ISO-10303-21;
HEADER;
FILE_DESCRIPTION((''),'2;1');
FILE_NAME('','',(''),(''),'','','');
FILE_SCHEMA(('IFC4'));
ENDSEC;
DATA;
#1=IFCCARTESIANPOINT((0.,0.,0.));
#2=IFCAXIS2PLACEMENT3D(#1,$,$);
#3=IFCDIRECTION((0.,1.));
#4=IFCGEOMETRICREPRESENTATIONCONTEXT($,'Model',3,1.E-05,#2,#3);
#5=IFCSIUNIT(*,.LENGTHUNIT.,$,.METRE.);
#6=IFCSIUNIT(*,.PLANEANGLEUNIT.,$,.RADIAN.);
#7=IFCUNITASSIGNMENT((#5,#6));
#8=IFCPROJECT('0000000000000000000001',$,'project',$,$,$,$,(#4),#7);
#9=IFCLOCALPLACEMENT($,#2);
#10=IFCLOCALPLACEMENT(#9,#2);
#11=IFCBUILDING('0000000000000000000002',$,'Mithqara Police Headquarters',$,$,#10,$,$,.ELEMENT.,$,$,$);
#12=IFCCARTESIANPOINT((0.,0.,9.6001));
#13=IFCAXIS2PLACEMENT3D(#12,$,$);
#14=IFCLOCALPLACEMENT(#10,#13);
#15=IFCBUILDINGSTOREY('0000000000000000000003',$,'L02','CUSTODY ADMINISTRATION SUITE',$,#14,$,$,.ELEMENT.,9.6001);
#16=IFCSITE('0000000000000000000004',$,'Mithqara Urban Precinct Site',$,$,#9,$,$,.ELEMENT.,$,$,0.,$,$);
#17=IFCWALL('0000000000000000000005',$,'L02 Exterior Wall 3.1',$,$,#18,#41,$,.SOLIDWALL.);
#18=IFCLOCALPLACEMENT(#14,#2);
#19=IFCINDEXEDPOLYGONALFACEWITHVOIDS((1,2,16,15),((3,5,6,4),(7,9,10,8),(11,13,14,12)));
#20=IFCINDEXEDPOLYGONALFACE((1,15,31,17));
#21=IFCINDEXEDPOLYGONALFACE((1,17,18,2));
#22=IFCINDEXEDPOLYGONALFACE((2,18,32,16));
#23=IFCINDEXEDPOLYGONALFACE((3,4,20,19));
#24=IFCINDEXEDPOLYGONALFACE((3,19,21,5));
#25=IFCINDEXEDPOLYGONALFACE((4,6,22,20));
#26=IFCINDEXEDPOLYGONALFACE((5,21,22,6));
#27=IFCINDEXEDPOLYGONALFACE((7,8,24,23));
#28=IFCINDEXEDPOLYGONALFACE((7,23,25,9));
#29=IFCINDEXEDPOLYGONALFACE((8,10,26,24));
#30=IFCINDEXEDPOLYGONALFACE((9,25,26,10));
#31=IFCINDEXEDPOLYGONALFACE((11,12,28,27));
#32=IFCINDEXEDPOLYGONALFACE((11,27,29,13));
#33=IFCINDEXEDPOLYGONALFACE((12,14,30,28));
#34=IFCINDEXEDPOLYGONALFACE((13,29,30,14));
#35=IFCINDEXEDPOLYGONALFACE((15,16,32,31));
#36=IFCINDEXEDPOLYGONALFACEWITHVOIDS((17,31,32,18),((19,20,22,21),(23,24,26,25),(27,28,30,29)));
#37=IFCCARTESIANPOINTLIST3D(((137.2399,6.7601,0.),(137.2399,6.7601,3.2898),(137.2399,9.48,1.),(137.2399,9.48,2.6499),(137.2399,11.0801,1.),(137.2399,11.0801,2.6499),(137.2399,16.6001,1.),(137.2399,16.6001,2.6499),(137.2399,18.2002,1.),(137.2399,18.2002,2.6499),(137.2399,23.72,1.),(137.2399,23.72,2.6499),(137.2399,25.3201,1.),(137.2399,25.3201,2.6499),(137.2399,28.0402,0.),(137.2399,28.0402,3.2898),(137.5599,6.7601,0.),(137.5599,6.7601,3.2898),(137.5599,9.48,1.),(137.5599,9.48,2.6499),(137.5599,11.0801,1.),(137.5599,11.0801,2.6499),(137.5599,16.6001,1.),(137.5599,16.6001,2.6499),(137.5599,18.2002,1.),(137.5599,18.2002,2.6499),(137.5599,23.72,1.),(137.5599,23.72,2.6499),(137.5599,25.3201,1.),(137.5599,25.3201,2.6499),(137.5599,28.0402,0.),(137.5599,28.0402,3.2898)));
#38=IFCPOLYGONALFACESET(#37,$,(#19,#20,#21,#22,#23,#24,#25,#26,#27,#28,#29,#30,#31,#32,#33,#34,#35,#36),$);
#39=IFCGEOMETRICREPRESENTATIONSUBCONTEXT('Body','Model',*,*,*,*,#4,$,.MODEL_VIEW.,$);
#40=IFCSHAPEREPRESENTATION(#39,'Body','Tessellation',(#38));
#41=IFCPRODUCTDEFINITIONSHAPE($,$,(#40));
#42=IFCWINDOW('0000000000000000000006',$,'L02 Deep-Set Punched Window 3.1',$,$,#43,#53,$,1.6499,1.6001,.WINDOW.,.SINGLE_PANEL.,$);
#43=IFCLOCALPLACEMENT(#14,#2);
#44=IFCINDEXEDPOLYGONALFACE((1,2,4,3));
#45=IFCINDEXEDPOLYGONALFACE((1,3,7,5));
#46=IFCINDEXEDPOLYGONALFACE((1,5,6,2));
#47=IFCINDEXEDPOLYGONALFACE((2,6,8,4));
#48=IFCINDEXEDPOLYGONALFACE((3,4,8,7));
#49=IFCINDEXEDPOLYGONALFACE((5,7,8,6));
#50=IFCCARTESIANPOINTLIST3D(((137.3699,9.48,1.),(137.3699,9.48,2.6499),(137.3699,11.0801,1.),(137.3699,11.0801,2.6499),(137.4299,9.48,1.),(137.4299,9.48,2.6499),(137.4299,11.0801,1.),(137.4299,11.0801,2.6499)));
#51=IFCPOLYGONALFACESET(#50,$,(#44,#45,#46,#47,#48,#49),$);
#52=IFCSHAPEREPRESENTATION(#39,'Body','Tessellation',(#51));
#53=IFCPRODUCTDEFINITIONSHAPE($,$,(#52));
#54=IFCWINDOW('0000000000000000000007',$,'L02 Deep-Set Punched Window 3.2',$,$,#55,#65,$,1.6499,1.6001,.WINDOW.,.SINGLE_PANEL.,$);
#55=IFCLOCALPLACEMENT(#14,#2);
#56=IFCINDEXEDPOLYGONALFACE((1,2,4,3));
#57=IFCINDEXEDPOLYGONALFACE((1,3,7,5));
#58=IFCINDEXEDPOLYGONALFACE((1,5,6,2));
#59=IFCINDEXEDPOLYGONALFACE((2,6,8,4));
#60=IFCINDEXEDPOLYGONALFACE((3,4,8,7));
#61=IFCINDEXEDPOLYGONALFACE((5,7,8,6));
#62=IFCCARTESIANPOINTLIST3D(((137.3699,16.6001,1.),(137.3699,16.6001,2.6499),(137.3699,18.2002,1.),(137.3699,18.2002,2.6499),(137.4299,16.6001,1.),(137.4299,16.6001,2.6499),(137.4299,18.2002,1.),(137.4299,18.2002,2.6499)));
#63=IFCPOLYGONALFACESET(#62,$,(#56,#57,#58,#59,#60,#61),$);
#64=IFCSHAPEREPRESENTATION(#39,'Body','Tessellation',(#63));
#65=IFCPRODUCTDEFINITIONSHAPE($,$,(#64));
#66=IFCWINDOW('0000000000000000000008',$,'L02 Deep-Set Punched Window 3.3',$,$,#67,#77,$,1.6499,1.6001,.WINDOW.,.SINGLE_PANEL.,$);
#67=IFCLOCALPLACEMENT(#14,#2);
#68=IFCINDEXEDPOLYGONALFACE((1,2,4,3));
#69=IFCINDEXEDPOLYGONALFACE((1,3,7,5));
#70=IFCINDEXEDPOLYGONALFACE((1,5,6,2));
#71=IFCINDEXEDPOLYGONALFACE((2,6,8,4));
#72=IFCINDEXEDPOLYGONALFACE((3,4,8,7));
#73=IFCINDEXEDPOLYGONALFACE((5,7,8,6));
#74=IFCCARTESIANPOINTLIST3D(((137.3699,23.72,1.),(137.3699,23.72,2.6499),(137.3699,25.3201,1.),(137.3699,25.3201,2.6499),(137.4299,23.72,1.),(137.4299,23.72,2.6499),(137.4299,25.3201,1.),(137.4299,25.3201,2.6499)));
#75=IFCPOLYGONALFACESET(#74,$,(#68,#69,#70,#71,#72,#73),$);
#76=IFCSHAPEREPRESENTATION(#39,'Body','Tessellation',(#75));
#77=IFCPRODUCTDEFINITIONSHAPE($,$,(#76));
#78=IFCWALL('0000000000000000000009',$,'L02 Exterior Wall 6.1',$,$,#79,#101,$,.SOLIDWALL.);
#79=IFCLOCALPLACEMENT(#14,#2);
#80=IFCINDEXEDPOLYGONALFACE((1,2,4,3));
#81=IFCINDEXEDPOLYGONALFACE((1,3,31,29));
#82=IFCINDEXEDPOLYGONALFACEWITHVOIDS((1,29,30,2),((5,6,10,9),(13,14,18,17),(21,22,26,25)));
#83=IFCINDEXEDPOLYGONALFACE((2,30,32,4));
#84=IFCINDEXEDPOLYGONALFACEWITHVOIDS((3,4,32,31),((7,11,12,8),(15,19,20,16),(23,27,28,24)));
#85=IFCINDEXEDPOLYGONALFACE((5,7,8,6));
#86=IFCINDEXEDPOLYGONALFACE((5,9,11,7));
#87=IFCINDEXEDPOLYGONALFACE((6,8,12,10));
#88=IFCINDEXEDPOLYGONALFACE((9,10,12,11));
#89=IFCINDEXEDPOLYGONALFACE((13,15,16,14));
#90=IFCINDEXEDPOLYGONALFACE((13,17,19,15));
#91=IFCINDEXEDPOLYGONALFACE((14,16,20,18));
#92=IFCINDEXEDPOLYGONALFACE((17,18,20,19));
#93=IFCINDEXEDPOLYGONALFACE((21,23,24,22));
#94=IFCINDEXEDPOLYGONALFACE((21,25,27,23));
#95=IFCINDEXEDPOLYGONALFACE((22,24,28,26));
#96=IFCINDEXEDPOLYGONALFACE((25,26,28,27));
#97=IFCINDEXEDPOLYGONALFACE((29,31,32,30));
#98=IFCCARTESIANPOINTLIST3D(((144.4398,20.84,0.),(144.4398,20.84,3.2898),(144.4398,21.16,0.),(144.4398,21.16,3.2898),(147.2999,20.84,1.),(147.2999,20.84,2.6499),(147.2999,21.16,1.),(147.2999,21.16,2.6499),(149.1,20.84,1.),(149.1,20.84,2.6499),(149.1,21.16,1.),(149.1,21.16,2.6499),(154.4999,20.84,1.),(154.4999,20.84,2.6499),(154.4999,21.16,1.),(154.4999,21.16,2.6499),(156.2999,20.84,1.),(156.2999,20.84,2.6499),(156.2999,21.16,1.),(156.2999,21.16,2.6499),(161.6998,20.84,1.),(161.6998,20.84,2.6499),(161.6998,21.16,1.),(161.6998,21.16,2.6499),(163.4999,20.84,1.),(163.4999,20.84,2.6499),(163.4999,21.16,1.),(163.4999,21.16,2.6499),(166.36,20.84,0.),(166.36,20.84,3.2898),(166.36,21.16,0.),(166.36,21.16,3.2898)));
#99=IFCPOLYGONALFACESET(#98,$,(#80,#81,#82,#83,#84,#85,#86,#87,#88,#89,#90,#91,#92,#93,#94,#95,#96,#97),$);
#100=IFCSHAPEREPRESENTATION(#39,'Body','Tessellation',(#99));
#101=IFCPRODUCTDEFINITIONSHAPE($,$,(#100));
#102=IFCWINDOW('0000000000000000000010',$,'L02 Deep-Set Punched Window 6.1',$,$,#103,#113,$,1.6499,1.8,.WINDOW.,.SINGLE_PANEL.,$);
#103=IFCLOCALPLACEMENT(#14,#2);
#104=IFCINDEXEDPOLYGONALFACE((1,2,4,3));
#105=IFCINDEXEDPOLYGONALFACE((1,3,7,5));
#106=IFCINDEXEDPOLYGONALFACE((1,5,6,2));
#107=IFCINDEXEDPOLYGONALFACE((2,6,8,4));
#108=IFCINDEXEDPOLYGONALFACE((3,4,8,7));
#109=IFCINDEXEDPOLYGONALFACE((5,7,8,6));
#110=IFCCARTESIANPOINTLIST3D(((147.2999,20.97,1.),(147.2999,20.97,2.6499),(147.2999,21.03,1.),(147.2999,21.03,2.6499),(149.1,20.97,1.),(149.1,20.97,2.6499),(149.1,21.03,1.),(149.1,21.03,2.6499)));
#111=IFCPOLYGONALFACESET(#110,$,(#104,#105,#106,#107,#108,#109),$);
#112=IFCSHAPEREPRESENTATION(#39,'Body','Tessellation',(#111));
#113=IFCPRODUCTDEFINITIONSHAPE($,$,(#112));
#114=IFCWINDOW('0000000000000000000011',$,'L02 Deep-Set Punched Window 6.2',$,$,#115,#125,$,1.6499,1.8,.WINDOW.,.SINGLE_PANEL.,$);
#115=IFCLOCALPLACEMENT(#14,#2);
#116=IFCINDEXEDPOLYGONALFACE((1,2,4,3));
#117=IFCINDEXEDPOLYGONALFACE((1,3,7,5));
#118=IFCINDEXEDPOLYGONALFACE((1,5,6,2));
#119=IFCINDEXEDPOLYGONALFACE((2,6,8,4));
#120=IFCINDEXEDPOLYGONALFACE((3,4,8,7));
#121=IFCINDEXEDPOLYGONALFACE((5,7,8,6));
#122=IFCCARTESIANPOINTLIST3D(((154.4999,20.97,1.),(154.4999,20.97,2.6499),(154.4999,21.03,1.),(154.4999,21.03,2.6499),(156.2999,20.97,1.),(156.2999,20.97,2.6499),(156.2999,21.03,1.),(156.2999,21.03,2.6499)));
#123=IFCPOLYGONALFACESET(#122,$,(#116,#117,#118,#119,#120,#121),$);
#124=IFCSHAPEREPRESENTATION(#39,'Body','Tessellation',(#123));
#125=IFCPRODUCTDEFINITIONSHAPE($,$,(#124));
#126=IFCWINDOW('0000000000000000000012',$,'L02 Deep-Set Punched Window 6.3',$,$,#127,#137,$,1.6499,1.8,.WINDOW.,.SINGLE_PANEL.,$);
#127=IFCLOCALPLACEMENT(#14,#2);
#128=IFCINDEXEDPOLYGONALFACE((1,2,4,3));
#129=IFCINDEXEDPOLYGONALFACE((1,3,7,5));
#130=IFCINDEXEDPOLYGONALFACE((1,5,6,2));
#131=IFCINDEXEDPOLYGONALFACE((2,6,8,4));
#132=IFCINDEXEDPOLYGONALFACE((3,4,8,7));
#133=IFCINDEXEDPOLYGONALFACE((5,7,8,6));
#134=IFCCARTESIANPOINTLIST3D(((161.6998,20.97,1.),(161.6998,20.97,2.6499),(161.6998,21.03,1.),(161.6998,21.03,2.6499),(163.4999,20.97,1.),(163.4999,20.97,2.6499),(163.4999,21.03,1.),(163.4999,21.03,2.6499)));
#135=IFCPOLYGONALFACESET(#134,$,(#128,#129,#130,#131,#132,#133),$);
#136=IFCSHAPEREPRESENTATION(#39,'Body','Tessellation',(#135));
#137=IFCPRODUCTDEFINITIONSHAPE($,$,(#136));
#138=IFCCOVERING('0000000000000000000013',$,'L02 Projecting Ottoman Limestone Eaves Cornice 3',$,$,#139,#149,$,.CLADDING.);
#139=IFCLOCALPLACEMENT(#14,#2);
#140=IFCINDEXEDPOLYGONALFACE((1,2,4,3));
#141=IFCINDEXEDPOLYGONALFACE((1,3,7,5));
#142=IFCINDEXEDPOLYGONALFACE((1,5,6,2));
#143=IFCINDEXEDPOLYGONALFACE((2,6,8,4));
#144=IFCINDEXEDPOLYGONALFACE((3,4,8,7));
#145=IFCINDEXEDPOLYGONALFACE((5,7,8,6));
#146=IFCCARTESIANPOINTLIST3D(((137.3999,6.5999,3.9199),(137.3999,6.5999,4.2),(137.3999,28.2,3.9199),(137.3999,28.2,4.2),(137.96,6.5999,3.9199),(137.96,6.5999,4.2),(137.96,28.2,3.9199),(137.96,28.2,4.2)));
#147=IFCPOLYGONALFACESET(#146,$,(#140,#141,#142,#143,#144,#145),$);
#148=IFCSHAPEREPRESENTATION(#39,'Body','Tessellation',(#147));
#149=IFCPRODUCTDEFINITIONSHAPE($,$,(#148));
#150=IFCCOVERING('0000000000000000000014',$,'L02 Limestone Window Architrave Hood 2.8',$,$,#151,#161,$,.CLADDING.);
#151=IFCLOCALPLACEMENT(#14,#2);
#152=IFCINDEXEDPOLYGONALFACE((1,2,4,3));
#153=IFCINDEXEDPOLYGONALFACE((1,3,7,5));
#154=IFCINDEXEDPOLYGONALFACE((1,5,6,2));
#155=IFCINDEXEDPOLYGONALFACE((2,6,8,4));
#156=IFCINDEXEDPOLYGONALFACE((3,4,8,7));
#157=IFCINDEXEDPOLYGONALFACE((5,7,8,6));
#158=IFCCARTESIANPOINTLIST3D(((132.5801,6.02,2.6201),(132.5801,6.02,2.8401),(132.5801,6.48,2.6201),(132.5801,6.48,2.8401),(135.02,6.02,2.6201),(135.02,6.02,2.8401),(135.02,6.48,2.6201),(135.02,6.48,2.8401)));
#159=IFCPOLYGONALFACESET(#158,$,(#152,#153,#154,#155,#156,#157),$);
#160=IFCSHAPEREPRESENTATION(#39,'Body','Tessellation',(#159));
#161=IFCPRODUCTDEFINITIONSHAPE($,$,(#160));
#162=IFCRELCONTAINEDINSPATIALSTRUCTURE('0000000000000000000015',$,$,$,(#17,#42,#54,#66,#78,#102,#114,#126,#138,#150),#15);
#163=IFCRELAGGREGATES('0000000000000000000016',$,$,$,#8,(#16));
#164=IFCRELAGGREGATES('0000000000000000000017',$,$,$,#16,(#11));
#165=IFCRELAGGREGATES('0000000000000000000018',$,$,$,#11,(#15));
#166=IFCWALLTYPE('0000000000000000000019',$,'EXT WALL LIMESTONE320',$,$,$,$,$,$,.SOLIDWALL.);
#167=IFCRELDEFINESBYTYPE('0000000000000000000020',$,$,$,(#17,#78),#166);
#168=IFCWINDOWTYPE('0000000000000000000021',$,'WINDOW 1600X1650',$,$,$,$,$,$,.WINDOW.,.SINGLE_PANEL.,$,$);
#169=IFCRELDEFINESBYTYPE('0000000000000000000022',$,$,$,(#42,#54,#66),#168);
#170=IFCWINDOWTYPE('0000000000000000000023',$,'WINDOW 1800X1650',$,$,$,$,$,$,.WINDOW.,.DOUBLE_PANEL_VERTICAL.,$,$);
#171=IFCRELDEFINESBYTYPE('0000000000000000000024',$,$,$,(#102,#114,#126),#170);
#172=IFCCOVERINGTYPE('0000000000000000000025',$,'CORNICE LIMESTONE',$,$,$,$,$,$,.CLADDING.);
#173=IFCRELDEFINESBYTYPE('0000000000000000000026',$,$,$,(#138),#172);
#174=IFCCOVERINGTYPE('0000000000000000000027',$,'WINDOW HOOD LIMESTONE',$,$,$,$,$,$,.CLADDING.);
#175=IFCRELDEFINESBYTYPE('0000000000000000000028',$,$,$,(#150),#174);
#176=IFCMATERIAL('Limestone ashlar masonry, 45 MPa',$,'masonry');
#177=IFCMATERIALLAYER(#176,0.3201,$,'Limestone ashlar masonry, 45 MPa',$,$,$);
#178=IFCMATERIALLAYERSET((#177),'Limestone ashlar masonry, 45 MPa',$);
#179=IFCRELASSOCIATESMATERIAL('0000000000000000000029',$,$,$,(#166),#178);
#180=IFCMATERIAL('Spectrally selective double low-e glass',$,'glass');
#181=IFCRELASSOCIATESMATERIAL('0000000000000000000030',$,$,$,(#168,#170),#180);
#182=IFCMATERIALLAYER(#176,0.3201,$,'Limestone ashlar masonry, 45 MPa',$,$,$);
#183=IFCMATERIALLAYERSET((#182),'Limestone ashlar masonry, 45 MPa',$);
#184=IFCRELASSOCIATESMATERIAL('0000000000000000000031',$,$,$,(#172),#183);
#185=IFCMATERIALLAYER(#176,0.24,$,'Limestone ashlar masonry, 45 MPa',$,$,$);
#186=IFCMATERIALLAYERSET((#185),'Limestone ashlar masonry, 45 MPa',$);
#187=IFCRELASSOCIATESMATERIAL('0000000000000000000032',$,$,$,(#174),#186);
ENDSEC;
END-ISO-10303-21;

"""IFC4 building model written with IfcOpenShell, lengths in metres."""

from ifc_helpers import new_model, si_unit, direction, frame, frame_2d, origin, origin_2d, place, context, subcontext, project, spatial, rectangle, extrude, material, layer, layer_set, type_object, element, fill, save


model = new_model("IFC4")

# Units and contexts
model_context = context("Model", 3, precision=1e-05, world=origin(), true_north=direction((0.0, 1.0)))
body_context = subcontext(model_context, "Body", "Model", "MODEL_VIEW")
ifc_project = project(units=[si_unit("LENGTHUNIT", "METRE"), si_unit("PLANEANGLEUNIT", "RADIAN")], contexts=[model_context])

# Site, building, storey
site_placement = place(None, origin())
site = spatial("IfcSite", under=ifc_project, at=site_placement, Name="Mithqara Urban Precinct Site", CompositionType="ELEMENT", RefElevation=0.0)
building_placement = place(site_placement, origin())
building = spatial("IfcBuilding", under=site, at=building_placement, Name="Mithqara Police Headquarters", CompositionType="ELEMENT")
storey_placement = place(building_placement, frame((0.0, 0.0, 9.6001)))
storey = spatial("IfcBuildingStorey", under=building, at=storey_placement, Name="L02", Description="CUSTODY ADMINISTRATION SUITE", CompositionType="ELEMENT", Elevation=9.6001)

# Walls, openings, windows
ifc_material_1 = material(Name="Limestone ashlar masonry, 45 MPa", Category="masonry")
ifc_layer_1 = layer(ifc_material_1, 0.3201, Name="Limestone ashlar masonry, 45 MPa")
ifc_layer_set_1 = layer_set([ifc_layer_1], Name="Limestone ashlar masonry, 45 MPa")
wall_type = type_object("IfcWallType", Name="EXT WALL LIMESTONE320", PredefinedType="SOLIDWALL", material=ifc_layer_set_1)
wall_1_placement = place(storey_placement, frame((137.3999, 6.76, 0.0), z_axis=(0.0, 0.0, 1.0), x_axis=(0.0, 1.0, 0.0)))
wall_1 = element("IfcWall", 1, at=wall_1_placement, inside=storey, type_object=wall_type, Name="L02 Exterior Wall 3.1", PredefinedType="SOLIDWALL", context=body_context, shape_type="SweptSolid", body=[
    extrude(rectangle(XDim=21.28, YDim=0.3201, at=frame_2d((10.6401, 0.0))), origin(), (0.0, 0.0, 1.0), 3.2898),
])
opening_1_placement = place(wall_1_placement, frame((2.72, 0.0, 1.0)))
opening_1 = element("IfcOpeningElement", 2, at=opening_1_placement, cuts=wall_1, PredefinedType="OPENING", context=body_context, shape_type="SweptSolid", body=[
    extrude(rectangle(XDim=1.6001, YDim=1.6499, at=frame_2d((0.8, 0.825))), frame((0.0, 0.1699, 0.0), z_axis=(0.0, -1.0, 0.0), x_axis=(1.0, 0.0, 0.0)), (0.0, 0.0, 1.0), 0.3401),
])
opening_2_placement = place(wall_1_placement, frame((9.8401, 0.0, 1.0)))
opening_2 = element("IfcOpeningElement", 3, at=opening_2_placement, cuts=wall_1, PredefinedType="OPENING", context=body_context, shape_type="SweptSolid", body=[
    extrude(rectangle(XDim=1.6001, YDim=1.6499, at=frame_2d((0.8, 0.825))), frame((0.0, 0.1699, 0.0), z_axis=(0.0, -1.0, 0.0), x_axis=(1.0, 0.0, 0.0)), (0.0, 0.0, 1.0), 0.3401),
])
opening_3_placement = place(wall_1_placement, frame((16.96, 0.0, 1.0)))
opening_3 = element("IfcOpeningElement", 4, at=opening_3_placement, cuts=wall_1, PredefinedType="OPENING", context=body_context, shape_type="SweptSolid", body=[
    extrude(rectangle(XDim=1.6001, YDim=1.6499, at=frame_2d((0.8, 0.825))), frame((0.0, 0.1699, 0.0), z_axis=(0.0, -1.0, 0.0), x_axis=(1.0, 0.0, 0.0)), (0.0, 0.0, 1.0), 0.3401),
])
ifc_material_2 = material(Name="Spectrally selective double low-e glass", Category="glass")
window_type_1 = type_object("IfcWindowType", Name="WINDOW 1600X1650", PartitioningType="SINGLE_PANEL", PredefinedType="WINDOW", material=ifc_material_2)
window_1_placement = place(opening_1_placement, origin())
window_1 = element("IfcWindow", 5, at=window_1_placement, inside=storey, type_object=window_type_1, Name="L02 Deep-Set Punched Window 3.1", OverallHeight=1.6499, OverallWidth=1.6001, PartitioningType="SINGLE_PANEL", PredefinedType="WINDOW", context=body_context, shape_type="SweptSolid", body=[
    extrude(rectangle(XDim=1.6001, YDim=1.6499, at=frame_2d((0.8, 0.825))), frame((0.0, 0.03, 0.0), z_axis=(0.0, -1.0, 0.0), x_axis=(1.0, 0.0, 0.0)), (0.0, 0.0, 1.0), 0.0601),
])
fill(opening_1, window_1)
window_2_placement = place(opening_2_placement, origin())
window_2 = element("IfcWindow", 6, at=window_2_placement, inside=storey, type_object=window_type_1, Name="L02 Deep-Set Punched Window 3.2", OverallHeight=1.6499, OverallWidth=1.6001, PartitioningType="SINGLE_PANEL", PredefinedType="WINDOW", context=body_context, shape_type="SweptSolid", body=[
    extrude(rectangle(XDim=1.6001, YDim=1.6499, at=frame_2d((0.8, 0.825))), frame((0.0, 0.03, 0.0), z_axis=(0.0, -1.0, 0.0), x_axis=(1.0, 0.0, 0.0)), (0.0, 0.0, 1.0), 0.0601),
])
fill(opening_2, window_2)
window_3_placement = place(opening_3_placement, origin())
window_3 = element("IfcWindow", 7, at=window_3_placement, inside=storey, type_object=window_type_1, Name="L02 Deep-Set Punched Window 3.3", OverallHeight=1.6499, OverallWidth=1.6001, PartitioningType="SINGLE_PANEL", PredefinedType="WINDOW", context=body_context, shape_type="SweptSolid", body=[
    extrude(rectangle(XDim=1.6001, YDim=1.6499, at=frame_2d((0.8, 0.825))), frame((0.0, 0.03, 0.0), z_axis=(0.0, -1.0, 0.0), x_axis=(1.0, 0.0, 0.0)), (0.0, 0.0, 1.0), 0.0601),
])
fill(opening_3, window_3)
wall_2_placement = place(storey_placement, frame((144.4399, 21.0, 0.0), z_axis=(0.0, 0.0, 1.0), x_axis=(1.0, 0.0, 0.0)))
wall_2 = element("IfcWall", 8, at=wall_2_placement, inside=storey, type_object=wall_type, Name="L02 Exterior Wall 6.1", PredefinedType="SOLIDWALL", context=body_context, shape_type="SweptSolid", body=[
    extrude(rectangle(XDim=21.9202, YDim=0.3201, at=frame_2d((10.96, 0.0))), origin(), (0.0, 0.0, 1.0), 3.2898),
])
opening_4_placement = place(wall_2_placement, frame((2.8601, 0.0, 1.0)))
opening_4 = element("IfcOpeningElement", 9, at=opening_4_placement, cuts=wall_2, PredefinedType="OPENING", context=body_context, shape_type="SweptSolid", body=[
    extrude(rectangle(XDim=1.8, YDim=1.6499, at=frame_2d((0.8999, 0.825))), frame((0.0, 0.1699, 0.0), z_axis=(0.0, -1.0, 0.0), x_axis=(1.0, 0.0, 0.0)), (0.0, 0.0, 1.0), 0.3401),
])
opening_5_placement = place(wall_2_placement, frame((10.0601, 0.0, 1.0)))
opening_5 = element("IfcOpeningElement", 10, at=opening_5_placement, cuts=wall_2, PredefinedType="OPENING", context=body_context, shape_type="SweptSolid", body=[
    extrude(rectangle(XDim=1.8, YDim=1.6499, at=frame_2d((0.8999, 0.825))), frame((0.0, 0.1699, 0.0), z_axis=(0.0, -1.0, 0.0), x_axis=(1.0, 0.0, 0.0)), (0.0, 0.0, 1.0), 0.3401),
])
opening_6_placement = place(wall_2_placement, frame((17.26, 0.0, 1.0)))
opening_6 = element("IfcOpeningElement", 11, at=opening_6_placement, cuts=wall_2, PredefinedType="OPENING", context=body_context, shape_type="SweptSolid", body=[
    extrude(rectangle(XDim=1.8, YDim=1.6499, at=frame_2d((0.8999, 0.825))), frame((0.0, 0.1699, 0.0), z_axis=(0.0, -1.0, 0.0), x_axis=(1.0, 0.0, 0.0)), (0.0, 0.0, 1.0), 0.3401),
])
window_type_2 = type_object("IfcWindowType", Name="WINDOW 1800X1650", PartitioningType="DOUBLE_PANEL_VERTICAL", PredefinedType="WINDOW", material=ifc_material_2)
window_4_placement = place(opening_4_placement, origin())
window_4 = element("IfcWindow", 12, at=window_4_placement, inside=storey, type_object=window_type_2, Name="L02 Deep-Set Punched Window 6.1", OverallHeight=1.6499, OverallWidth=1.8, PartitioningType="SINGLE_PANEL", PredefinedType="WINDOW", context=body_context, shape_type="SweptSolid", body=[
    extrude(rectangle(XDim=1.8, YDim=1.6499, at=frame_2d((0.8999, 0.825))), frame((0.0, 0.03, 0.0), z_axis=(0.0, -1.0, 0.0), x_axis=(1.0, 0.0, 0.0)), (0.0, 0.0, 1.0), 0.0601),
])
fill(opening_4, window_4)
window_5_placement = place(opening_5_placement, origin())
window_5 = element("IfcWindow", 13, at=window_5_placement, inside=storey, type_object=window_type_2, Name="L02 Deep-Set Punched Window 6.2", OverallHeight=1.6499, OverallWidth=1.8, PartitioningType="SINGLE_PANEL", PredefinedType="WINDOW", context=body_context, shape_type="SweptSolid", body=[
    extrude(rectangle(XDim=1.8, YDim=1.6499, at=frame_2d((0.8999, 0.825))), frame((0.0, 0.03, 0.0), z_axis=(0.0, -1.0, 0.0), x_axis=(1.0, 0.0, 0.0)), (0.0, 0.0, 1.0), 0.0601),
])
fill(opening_5, window_5)
window_6_placement = place(opening_6_placement, origin())
window_6 = element("IfcWindow", 14, at=window_6_placement, inside=storey, type_object=window_type_2, Name="L02 Deep-Set Punched Window 6.3", OverallHeight=1.6499, OverallWidth=1.8, PartitioningType="SINGLE_PANEL", PredefinedType="WINDOW", context=body_context, shape_type="SweptSolid", body=[
    extrude(rectangle(XDim=1.8, YDim=1.6499, at=frame_2d((0.8999, 0.825))), frame((0.0, 0.03, 0.0), z_axis=(0.0, -1.0, 0.0), x_axis=(1.0, 0.0, 0.0)), (0.0, 0.0, 1.0), 0.0601),
])
fill(opening_6, window_6)

# Coverings
ifc_layer_2 = layer(ifc_material_1, 0.3201, Name="Limestone ashlar masonry, 45 MPa")
ifc_layer_set_2 = layer_set([ifc_layer_2], Name="Limestone ashlar masonry, 45 MPa")
covering_type_1 = type_object("IfcCoveringType", Name="CORNICE LIMESTONE", PredefinedType="CLADDING", material=ifc_layer_set_2)
covering_1_placement = place(storey_placement, frame((137.6799, 17.3999, 3.9199), z_axis=(0.0, 0.0, 1.0), x_axis=(0.0, 1.0, 0.0)))
element("IfcCovering", 15, at=covering_1_placement, inside=storey, type_object=covering_type_1, Name="L02 Projecting Ottoman Limestone Eaves Cornice 3", PredefinedType="CLADDING", context=body_context, shape_type="SweptSolid", body=[
    extrude(rectangle(XDim=21.6001, YDim=0.5601, at=origin_2d()), origin(), (0.0, 0.0, 1.0), 0.28),
])
ifc_layer_3 = layer(ifc_material_1, 0.24, Name="Limestone ashlar masonry, 45 MPa")
ifc_layer_set_3 = layer_set([ifc_layer_3], Name="Limestone ashlar masonry, 45 MPa")
covering_type_2 = type_object("IfcCoveringType", Name="WINDOW HOOD LIMESTONE", PredefinedType="CLADDING", material=ifc_layer_set_3)
covering_2_placement = place(storey_placement, frame((133.8, 6.25, 2.6201), z_axis=(0.0, 0.0, 1.0), x_axis=(1.0, 0.0, 0.0)))
element("IfcCovering", 16, at=covering_2_placement, inside=storey, type_object=covering_type_2, Name="L02 Limestone Window Architrave Hood 2.8", PredefinedType="CLADDING", context=body_context, shape_type="SweptSolid", body=[
    extrude(rectangle(XDim=2.4399, YDim=0.46, at=origin_2d()), origin(), (0.0, 0.0, 1.0), 0.22),
])

save(model, "model.ifc")
